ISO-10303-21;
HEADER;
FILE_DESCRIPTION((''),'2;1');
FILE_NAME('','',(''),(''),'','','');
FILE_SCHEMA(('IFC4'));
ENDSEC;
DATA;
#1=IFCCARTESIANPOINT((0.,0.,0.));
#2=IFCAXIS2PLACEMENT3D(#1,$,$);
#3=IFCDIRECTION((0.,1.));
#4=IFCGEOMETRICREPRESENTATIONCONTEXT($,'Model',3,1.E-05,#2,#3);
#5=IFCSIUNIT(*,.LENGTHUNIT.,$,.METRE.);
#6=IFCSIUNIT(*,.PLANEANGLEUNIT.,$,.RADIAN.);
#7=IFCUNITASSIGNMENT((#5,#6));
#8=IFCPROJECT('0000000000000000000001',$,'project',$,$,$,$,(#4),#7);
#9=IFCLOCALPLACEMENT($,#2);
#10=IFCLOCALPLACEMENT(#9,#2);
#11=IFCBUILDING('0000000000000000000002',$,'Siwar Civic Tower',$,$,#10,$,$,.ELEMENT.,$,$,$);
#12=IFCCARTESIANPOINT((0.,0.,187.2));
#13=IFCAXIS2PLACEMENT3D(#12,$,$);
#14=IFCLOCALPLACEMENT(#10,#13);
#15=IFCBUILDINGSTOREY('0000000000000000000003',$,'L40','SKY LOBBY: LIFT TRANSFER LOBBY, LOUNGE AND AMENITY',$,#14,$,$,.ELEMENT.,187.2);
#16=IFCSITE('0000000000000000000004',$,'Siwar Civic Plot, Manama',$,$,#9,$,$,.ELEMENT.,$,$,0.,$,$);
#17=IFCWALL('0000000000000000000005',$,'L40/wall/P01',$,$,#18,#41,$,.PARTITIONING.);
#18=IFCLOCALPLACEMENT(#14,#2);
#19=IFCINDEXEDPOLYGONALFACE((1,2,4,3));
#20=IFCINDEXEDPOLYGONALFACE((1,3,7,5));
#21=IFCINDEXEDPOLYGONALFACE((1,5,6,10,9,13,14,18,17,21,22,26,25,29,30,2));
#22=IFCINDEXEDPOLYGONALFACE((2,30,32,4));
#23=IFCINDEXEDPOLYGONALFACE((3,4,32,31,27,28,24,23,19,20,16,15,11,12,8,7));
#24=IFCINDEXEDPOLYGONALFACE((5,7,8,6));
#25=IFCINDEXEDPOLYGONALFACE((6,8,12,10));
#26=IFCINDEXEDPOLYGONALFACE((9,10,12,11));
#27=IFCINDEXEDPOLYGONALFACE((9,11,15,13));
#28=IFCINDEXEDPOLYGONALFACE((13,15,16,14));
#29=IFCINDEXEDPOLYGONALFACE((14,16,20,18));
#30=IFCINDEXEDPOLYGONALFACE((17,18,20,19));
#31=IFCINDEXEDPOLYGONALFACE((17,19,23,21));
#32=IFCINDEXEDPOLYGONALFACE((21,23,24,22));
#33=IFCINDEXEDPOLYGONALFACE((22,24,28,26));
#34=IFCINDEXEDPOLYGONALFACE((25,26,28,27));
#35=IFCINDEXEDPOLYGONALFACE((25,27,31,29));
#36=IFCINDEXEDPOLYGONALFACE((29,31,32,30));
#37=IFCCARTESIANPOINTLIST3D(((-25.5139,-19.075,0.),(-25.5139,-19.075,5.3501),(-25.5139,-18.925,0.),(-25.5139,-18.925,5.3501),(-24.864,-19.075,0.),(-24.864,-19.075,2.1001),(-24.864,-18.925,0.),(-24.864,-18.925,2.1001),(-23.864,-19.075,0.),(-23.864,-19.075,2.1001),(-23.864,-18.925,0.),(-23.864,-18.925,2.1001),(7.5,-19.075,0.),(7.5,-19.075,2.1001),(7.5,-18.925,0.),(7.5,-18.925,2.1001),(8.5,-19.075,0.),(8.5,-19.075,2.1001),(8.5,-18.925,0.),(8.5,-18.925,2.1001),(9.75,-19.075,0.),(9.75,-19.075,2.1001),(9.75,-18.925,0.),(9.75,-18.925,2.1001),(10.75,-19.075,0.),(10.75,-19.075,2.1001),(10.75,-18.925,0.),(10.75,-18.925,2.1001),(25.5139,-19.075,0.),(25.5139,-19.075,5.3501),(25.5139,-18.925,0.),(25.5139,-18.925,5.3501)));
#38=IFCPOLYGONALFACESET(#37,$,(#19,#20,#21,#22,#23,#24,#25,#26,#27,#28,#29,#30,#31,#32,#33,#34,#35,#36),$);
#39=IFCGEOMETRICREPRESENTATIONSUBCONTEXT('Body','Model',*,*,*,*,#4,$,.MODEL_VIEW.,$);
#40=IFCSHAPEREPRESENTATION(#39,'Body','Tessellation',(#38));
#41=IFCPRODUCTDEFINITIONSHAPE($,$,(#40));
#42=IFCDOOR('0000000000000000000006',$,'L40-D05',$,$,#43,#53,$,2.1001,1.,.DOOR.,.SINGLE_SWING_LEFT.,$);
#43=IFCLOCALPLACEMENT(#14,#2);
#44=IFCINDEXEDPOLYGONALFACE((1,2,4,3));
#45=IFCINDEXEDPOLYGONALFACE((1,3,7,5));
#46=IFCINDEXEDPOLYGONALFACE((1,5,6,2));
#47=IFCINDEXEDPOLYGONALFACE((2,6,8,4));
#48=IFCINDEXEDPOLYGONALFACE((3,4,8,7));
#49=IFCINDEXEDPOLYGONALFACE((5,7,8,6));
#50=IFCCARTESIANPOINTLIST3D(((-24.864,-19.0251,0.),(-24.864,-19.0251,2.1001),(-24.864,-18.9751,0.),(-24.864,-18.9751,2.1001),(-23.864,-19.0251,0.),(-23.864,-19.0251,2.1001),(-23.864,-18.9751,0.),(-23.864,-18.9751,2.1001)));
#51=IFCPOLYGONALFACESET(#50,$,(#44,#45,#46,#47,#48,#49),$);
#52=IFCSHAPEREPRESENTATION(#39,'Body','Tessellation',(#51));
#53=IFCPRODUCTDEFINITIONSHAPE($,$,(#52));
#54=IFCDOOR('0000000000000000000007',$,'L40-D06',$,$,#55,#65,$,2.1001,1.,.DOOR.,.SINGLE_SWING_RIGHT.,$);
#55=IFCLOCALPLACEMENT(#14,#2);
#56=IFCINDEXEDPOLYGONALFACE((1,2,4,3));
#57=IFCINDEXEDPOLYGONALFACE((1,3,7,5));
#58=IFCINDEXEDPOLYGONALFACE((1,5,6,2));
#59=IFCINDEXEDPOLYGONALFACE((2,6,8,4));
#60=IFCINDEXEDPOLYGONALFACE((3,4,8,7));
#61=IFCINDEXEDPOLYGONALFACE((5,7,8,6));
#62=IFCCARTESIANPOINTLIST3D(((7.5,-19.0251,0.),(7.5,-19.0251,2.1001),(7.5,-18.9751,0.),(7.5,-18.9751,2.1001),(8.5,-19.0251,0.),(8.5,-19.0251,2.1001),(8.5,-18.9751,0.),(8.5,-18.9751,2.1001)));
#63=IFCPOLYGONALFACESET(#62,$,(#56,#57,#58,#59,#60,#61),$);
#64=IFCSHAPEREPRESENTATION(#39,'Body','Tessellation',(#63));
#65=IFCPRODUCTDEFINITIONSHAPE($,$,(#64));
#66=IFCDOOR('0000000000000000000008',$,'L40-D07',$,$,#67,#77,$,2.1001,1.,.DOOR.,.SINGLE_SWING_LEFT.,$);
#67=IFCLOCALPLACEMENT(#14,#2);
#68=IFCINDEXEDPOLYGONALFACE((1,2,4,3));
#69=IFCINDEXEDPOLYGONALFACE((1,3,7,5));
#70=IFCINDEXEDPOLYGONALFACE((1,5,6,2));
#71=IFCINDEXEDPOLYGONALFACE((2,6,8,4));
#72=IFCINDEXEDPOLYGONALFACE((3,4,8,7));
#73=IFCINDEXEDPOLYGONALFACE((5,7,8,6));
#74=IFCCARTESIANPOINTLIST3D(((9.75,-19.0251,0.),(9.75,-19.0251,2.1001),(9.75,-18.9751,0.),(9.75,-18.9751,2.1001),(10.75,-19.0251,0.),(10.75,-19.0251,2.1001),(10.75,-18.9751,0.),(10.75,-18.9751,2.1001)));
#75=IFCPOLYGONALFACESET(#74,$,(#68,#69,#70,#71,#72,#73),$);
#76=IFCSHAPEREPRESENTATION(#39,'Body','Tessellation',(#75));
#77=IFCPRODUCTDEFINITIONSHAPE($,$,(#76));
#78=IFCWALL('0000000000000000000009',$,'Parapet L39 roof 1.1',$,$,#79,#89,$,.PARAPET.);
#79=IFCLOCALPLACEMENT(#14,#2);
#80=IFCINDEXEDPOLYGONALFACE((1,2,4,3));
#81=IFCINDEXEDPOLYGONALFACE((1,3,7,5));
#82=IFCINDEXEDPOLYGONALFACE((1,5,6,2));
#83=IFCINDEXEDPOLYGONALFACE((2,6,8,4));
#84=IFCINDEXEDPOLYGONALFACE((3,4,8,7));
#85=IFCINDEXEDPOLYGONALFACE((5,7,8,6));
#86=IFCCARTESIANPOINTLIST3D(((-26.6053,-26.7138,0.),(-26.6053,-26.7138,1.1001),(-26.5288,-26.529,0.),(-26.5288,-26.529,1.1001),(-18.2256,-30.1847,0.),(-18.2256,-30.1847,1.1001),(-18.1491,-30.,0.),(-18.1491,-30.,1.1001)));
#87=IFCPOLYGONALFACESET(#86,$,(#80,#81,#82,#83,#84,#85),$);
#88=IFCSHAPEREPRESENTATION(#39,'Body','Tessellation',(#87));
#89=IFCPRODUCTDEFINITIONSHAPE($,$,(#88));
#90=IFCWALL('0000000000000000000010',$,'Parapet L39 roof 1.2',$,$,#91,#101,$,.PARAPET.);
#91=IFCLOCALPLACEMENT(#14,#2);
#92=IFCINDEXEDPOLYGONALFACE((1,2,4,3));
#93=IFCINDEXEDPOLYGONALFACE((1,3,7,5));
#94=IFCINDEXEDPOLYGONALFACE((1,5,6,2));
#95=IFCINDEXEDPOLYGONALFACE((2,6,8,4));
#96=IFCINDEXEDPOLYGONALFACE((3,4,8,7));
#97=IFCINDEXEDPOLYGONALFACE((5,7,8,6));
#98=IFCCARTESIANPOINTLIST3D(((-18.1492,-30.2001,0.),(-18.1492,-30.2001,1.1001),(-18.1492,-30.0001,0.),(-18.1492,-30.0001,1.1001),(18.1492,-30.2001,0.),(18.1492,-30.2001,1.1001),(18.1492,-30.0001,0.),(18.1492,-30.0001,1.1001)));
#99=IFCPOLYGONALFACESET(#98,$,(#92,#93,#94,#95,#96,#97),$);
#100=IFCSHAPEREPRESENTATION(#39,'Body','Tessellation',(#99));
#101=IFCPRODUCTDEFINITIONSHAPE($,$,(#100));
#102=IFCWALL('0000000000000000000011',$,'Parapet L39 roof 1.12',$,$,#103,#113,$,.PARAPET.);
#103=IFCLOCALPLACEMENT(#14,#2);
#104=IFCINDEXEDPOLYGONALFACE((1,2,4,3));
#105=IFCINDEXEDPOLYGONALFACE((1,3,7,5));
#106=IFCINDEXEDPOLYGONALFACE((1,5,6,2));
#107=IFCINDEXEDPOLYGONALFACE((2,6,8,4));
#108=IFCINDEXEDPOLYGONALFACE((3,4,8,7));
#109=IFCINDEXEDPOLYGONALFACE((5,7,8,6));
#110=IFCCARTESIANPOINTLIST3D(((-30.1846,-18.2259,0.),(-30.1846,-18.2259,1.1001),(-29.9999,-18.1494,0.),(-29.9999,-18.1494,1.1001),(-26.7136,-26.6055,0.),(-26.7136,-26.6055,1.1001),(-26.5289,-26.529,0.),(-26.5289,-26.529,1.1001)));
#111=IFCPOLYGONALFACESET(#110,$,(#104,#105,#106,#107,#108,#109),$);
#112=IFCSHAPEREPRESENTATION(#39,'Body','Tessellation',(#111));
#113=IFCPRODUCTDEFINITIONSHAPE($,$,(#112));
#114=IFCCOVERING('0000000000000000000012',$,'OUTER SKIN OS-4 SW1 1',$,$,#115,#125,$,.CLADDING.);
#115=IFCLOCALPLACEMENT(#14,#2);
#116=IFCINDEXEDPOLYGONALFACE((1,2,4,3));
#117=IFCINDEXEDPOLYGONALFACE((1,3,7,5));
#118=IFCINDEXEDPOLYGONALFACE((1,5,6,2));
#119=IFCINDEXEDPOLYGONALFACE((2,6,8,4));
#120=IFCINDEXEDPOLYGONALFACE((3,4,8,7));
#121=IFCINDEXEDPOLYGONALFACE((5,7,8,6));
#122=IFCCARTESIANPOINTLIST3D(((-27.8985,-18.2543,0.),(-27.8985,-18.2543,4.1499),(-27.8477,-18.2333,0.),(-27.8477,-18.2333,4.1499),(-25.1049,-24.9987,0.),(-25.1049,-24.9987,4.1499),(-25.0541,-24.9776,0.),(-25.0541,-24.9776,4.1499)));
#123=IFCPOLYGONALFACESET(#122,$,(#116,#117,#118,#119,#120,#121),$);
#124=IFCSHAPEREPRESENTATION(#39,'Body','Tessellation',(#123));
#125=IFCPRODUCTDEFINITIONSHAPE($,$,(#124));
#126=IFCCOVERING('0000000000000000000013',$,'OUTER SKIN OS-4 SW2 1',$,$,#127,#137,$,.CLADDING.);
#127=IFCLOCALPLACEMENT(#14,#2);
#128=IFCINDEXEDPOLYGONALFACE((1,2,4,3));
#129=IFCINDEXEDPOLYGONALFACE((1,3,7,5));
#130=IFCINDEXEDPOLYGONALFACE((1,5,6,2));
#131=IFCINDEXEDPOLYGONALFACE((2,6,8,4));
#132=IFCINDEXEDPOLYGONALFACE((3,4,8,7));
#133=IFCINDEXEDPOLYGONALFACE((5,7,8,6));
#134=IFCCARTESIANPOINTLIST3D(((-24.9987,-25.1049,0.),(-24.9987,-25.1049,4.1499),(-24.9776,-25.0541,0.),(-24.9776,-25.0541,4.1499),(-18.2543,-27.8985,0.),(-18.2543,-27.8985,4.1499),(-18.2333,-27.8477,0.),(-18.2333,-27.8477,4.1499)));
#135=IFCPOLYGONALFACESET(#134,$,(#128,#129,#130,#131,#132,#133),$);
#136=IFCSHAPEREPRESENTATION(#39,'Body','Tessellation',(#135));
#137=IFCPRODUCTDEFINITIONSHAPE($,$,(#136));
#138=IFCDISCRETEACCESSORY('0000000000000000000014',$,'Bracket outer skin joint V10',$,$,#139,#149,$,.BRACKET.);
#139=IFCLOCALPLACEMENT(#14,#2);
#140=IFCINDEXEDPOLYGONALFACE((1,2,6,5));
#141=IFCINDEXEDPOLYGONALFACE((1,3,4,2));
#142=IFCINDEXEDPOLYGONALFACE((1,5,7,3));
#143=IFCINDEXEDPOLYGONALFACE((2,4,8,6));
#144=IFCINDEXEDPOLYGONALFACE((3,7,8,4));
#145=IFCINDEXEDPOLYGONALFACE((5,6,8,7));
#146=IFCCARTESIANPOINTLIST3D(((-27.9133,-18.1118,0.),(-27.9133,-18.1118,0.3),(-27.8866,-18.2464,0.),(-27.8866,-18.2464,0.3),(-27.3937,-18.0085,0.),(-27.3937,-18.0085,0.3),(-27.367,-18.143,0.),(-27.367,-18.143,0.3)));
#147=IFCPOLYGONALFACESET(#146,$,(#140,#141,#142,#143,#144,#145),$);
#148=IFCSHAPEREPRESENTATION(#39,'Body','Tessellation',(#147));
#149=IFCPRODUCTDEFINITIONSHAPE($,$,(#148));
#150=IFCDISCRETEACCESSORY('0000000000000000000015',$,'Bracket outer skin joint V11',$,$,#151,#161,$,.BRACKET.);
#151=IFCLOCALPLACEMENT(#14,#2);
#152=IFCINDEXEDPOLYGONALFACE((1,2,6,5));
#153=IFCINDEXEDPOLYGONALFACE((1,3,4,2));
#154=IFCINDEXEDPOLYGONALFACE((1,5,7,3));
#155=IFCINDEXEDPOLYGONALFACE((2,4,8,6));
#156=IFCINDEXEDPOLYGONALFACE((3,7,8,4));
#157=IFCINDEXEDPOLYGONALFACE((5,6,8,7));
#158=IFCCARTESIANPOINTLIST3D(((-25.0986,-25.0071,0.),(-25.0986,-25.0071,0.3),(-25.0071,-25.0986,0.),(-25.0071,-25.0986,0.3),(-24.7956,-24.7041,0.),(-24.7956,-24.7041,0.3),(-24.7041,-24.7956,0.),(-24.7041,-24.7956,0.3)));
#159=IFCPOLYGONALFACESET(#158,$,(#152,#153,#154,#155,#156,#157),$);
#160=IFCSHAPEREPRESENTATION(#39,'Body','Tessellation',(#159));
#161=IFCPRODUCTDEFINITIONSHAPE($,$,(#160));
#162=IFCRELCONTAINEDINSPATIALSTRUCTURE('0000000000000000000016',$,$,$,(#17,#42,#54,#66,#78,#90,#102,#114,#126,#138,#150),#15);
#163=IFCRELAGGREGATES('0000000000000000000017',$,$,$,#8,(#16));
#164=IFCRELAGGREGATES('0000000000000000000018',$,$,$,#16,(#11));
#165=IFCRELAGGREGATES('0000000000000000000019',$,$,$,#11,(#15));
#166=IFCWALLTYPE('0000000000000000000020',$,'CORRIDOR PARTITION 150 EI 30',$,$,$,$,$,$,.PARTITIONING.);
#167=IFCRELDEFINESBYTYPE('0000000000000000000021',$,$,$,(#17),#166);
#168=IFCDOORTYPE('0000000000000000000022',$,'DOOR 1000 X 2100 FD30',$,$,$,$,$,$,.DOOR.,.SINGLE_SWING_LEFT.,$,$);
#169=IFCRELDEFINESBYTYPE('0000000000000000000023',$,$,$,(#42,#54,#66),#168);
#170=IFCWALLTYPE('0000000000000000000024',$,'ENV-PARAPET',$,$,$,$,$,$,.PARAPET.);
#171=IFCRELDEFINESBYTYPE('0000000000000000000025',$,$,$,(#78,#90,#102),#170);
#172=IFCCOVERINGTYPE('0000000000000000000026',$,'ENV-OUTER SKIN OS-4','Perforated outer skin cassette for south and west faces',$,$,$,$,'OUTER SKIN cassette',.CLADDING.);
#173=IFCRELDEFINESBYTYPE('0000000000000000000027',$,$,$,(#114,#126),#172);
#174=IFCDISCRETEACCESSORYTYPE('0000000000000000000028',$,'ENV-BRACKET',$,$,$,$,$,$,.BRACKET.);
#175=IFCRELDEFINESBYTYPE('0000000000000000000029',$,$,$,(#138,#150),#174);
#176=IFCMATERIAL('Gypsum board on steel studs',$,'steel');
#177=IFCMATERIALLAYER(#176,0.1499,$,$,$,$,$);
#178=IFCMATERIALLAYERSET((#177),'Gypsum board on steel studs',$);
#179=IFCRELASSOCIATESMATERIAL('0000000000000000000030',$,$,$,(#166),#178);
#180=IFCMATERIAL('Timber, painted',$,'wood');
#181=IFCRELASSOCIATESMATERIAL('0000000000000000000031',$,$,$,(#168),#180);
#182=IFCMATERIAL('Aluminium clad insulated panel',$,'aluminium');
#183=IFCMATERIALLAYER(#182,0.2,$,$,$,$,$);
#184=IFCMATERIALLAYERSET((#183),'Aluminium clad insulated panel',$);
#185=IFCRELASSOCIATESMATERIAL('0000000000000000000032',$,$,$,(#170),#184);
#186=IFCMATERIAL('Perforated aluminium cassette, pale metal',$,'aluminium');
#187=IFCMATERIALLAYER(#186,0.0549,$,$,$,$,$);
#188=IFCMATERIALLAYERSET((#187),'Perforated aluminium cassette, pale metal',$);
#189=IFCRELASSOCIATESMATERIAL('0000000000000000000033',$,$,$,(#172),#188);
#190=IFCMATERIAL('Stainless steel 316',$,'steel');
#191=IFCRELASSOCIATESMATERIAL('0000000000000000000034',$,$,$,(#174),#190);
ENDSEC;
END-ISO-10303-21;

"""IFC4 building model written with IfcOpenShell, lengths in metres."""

from ifc_helpers import new_model, si_unit, direction, frame, frame_2d, origin, origin_2d, place, context, subcontext, project, spatial, rectangle, extrude, material, layer, layer_set, type_object, element, fill, save


model = new_model("IFC4")

# Units and contexts
model_context = context("Model", 3, precision=1e-05, world=origin(), true_north=direction((0.0, 1.0)))
body_context = subcontext(model_context, "Body", "Model", "MODEL_VIEW")
ifc_project = project(units=[si_unit("LENGTHUNIT", "METRE"), si_unit("PLANEANGLEUNIT", "RADIAN")], contexts=[model_context])

# Site, building, storey
site_placement = place(None, origin())
site = spatial("IfcSite", under=ifc_project, at=site_placement, Name="Siwar Civic Plot, Manama", CompositionType="ELEMENT", RefElevation=0.0)
building_placement = place(site_placement, origin())
building = spatial("IfcBuilding", under=site, at=building_placement, Name="Siwar Civic Tower", CompositionType="ELEMENT")
storey_placement = place(building_placement, frame((0.0, 0.0, 187.2)))
storey = spatial("IfcBuildingStorey", under=building, at=storey_placement, Name="L40", Description="SKY LOBBY: LIFT TRANSFER LOBBY, LOUNGE AND AMENITY", CompositionType="ELEMENT", Elevation=187.2)

# Wall, openings, doors
ifc_material_1 = material(Name="Gypsum board on steel studs", Category="steel")
ifc_layer_1 = layer(ifc_material_1, 0.1499)
ifc_layer_set_1 = layer_set([ifc_layer_1], Name="Gypsum board on steel studs")
wall_type_1 = type_object("IfcWallType", Name="CORRIDOR PARTITION 150 EI 30", PredefinedType="PARTITIONING", material=ifc_layer_set_1)
wall_1_placement = place(storey_placement, frame((-25.5139, -19.0, 0.0), z_axis=(0.0, 0.0, 1.0), x_axis=(1.0, 0.0, 0.0)))
wall_1 = element("IfcWall", 1, at=wall_1_placement, inside=storey, type_object=wall_type_1, Name="L40/wall/P01", PredefinedType="PARTITIONING", context=body_context, shape_type="SweptSolid", body=[
    extrude(rectangle(XDim=51.0278, YDim=0.1499, at=frame_2d((25.5139, 0.0))), origin(), (0.0, 0.0, 1.0), 5.3501),
])
opening_1_placement = place(wall_1_placement, frame((0.6499, 0.0, 0.0)))
opening_1 = element("IfcOpeningElement", 2, at=opening_1_placement, cuts=wall_1, PredefinedType="OPENING", context=body_context, shape_type="SweptSolid", body=[
    extrude(rectangle(XDim=1.0, YDim=2.1001, at=frame_2d((0.5, 1.05))), frame((0.0, 0.085, 0.0), z_axis=(0.0, -1.0, 0.0), x_axis=(1.0, 0.0, 0.0)), (0.0, 0.0, 1.0), 0.1699),
])
opening_2_placement = place(wall_1_placement, frame((33.0139, 0.0, 0.0)))
opening_2 = element("IfcOpeningElement", 3, at=opening_2_placement, cuts=wall_1, PredefinedType="OPENING", context=body_context, shape_type="SweptSolid", body=[
    extrude(rectangle(XDim=1.0, YDim=2.1001, at=frame_2d((0.5, 1.05))), frame((0.0, 0.085, 0.0), z_axis=(0.0, -1.0, 0.0), x_axis=(1.0, 0.0, 0.0)), (0.0, 0.0, 1.0), 0.1699),
])
opening_3_placement = place(wall_1_placement, frame((35.2639, 0.0, 0.0)))
opening_3 = element("IfcOpeningElement", 4, at=opening_3_placement, cuts=wall_1, PredefinedType="OPENING", context=body_context, shape_type="SweptSolid", body=[
    extrude(rectangle(XDim=1.0, YDim=2.1001, at=frame_2d((0.5, 1.05))), frame((0.0, 0.085, 0.0), z_axis=(0.0, -1.0, 0.0), x_axis=(1.0, 0.0, 0.0)), (0.0, 0.0, 1.0), 0.1699),
])
ifc_material_2 = material(Name="Timber, painted", Category="wood")
door_type = type_object("IfcDoorType", Name="DOOR 1000 X 2100 FD30", OperationType="SINGLE_SWING_LEFT", PredefinedType="DOOR", material=ifc_material_2)
door_1_placement = place(opening_1_placement, origin())
door_1 = element("IfcDoor", 5, at=door_1_placement, inside=storey, type_object=door_type, Name="L40-D05", OperationType="SINGLE_SWING_LEFT", OverallHeight=2.1001, OverallWidth=1.0, PredefinedType="DOOR", context=body_context, shape_type="SweptSolid", body=[
    extrude(rectangle(XDim=1.0, YDim=2.1001, at=frame_2d((0.5, 1.05))), frame((0.0, 0.0249, 0.0), z_axis=(0.0, -1.0, 0.0), x_axis=(1.0, 0.0, 0.0)), (0.0, 0.0, 1.0), 0.05),
])
fill(opening_1, door_1)
door_2_placement = place(opening_2_placement, origin())
door_2 = element("IfcDoor", 6, at=door_2_placement, inside=storey, type_object=door_type, Name="L40-D06", OperationType="SINGLE_SWING_RIGHT", OverallHeight=2.1001, OverallWidth=1.0, PredefinedType="DOOR", context=body_context, shape_type="SweptSolid", body=[
    extrude(rectangle(XDim=1.0, YDim=2.1001, at=frame_2d((0.5, 1.05))), frame((0.0, 0.0249, 0.0), z_axis=(0.0, -1.0, 0.0), x_axis=(1.0, 0.0, 0.0)), (0.0, 0.0, 1.0), 0.05),
])
fill(opening_2, door_2)
door_3_placement = place(opening_3_placement, origin())
door_3 = element("IfcDoor", 7, at=door_3_placement, inside=storey, type_object=door_type, Name="L40-D07", OperationType="SINGLE_SWING_LEFT", OverallHeight=2.1001, OverallWidth=1.0, PredefinedType="DOOR", context=body_context, shape_type="SweptSolid", body=[
    extrude(rectangle(XDim=1.0, YDim=2.1001, at=frame_2d((0.5, 1.05))), frame((0.0, 0.0249, 0.0), z_axis=(0.0, -1.0, 0.0), x_axis=(1.0, 0.0, 0.0)), (0.0, 0.0, 1.0), 0.05),
])
fill(opening_3, door_3)

# Walls
ifc_material_3 = material(Name="Aluminium clad insulated panel", Category="aluminium")
ifc_layer_2 = layer(ifc_material_3, 0.2)
ifc_layer_set_2 = layer_set([ifc_layer_2], Name="Aluminium clad insulated panel")
wall_type_2 = type_object("IfcWallType", Name="ENV-PARAPET", PredefinedType="PARAPET", material=ifc_layer_set_2)
wall_2_placement = place(storey_placement, frame((-26.5671, -26.6213, 0.0), z_axis=(0.0, 0.0, 1.0), x_axis=(0.92388, -0.382682, 0.0)))
element("IfcWall", 8, at=wall_2_placement, inside=storey, type_object=wall_type_2, Name="Parapet L39 roof 1.1", PredefinedType="PARAPET", context=body_context, shape_type="SweptSolid", body=[
    extrude(rectangle(XDim=9.0701, YDim=0.2, at=frame_2d((4.5352, 0.0))), origin(), (0.0, 0.0, 1.0), 1.1001),
])
wall_3_placement = place(storey_placement, frame((-18.1492, -30.1001, 0.0), z_axis=(0.0, 0.0, 1.0), x_axis=(1.0, 0.0, 0.0)))
element("IfcWall", 9, at=wall_3_placement, inside=storey, type_object=wall_type_2, Name="Parapet L39 roof 1.2", PredefinedType="PARAPET", context=body_context, shape_type="SweptSolid", body=[
    extrude(rectangle(XDim=36.2983, YDim=0.2, at=frame_2d((18.1492, 0.0))), origin(), (0.0, 0.0, 1.0), 1.1001),
])
wall_4_placement = place(storey_placement, frame((-30.0923, -18.1875, 0.0), z_axis=(0.0, 0.0, 1.0), x_axis=(0.382682, -0.92388, 0.0)))
element("IfcWall", 10, at=wall_4_placement, inside=storey, type_object=wall_type_2, Name="Parapet L39 roof 1.12", PredefinedType="PARAPET", context=body_context, shape_type="SweptSolid", body=[
    extrude(rectangle(XDim=9.0701, YDim=0.2, at=frame_2d((4.5352, 0.0))), origin(), (0.0, 0.0, 1.0), 1.1001),
])

# Coverings
ifc_material_4 = material(Name="Perforated aluminium cassette, pale metal", Category="aluminium")
ifc_layer_3 = layer(ifc_material_4, 0.0549)
ifc_layer_set_3 = layer_set([ifc_layer_3], Name="Perforated aluminium cassette, pale metal")
covering_type = type_object("IfcCoveringType", Name="ENV-OUTER SKIN OS-4", Description="Perforated outer skin cassette for south and west faces", ElementType="OUTER SKIN cassette", PredefinedType="CLADDING", material=ifc_layer_set_3)
for number, where, z_axis, x_axis, name in (
    (11, (-26.4763, -21.616, 0.0), (0.0, 0.0, 1.0), (0.382683, -0.92388, 0.0), "OUTER SKIN OS-4 SW1 1"),
    (12, (-21.616, -26.4763, 0.0), (0.0, 0.0, 1.0), (0.92388, -0.382683, 0.0), "OUTER SKIN OS-4 SW2 1"),
):
    element("IfcCovering", number, at=place(storey_placement, frame(where, z_axis=z_axis, x_axis=x_axis)), inside=storey, type_object=covering_type, Name=name, PredefinedType="CLADDING", context=body_context, shape_type="SweptSolid", body=[
        extrude(rectangle(XDim=7.3, YDim=0.0549, at=origin_2d()), origin(), (0.0, 0.0, 1.0), 4.1499),
    ])

# Discrete accessories
ifc_material_5 = material(Name="Stainless steel 316", Category="steel")
discrete_accessory_type = type_object("IfcDiscreteAccessoryType", Name="ENV-BRACKET", PredefinedType="BRACKET", material=ifc_material_5)
discrete_accessory_1_placement = place(storey_placement, frame((-27.6401, -18.1274, 0.0), z_axis=(0.0, 0.0, 1.0), x_axis=(-0.980785, -0.19509, 0.0)))
element("IfcDiscreteAccessory", 13, at=discrete_accessory_1_placement, inside=storey, type_object=discrete_accessory_type, Name="Bracket outer skin joint V10", PredefinedType="BRACKET", context=body_context, shape_type="SweptSolid", body=[
    extrude(rectangle(XDim=0.5298, YDim=0.1372, at=origin_2d()), origin(), (0.0, 0.0, 1.0), 0.3),
])
discrete_accessory_2_placement = place(storey_placement, frame((-24.9014, -24.9014, 0.0), z_axis=(0.0, 0.0, 1.0), x_axis=(-0.707107, -0.707107, 0.0)))
element("IfcDiscreteAccessory", 14, at=discrete_accessory_2_placement, inside=storey, type_object=discrete_accessory_type, Name="Bracket outer skin joint V11", PredefinedType="BRACKET", context=body_context, shape_type="SweptSolid", body=[
    extrude(rectangle(XDim=0.4285, YDim=0.1294, at=origin_2d()), origin(), (0.0, 0.0, 1.0), 0.3),
])

save(model, "model.ifc")
